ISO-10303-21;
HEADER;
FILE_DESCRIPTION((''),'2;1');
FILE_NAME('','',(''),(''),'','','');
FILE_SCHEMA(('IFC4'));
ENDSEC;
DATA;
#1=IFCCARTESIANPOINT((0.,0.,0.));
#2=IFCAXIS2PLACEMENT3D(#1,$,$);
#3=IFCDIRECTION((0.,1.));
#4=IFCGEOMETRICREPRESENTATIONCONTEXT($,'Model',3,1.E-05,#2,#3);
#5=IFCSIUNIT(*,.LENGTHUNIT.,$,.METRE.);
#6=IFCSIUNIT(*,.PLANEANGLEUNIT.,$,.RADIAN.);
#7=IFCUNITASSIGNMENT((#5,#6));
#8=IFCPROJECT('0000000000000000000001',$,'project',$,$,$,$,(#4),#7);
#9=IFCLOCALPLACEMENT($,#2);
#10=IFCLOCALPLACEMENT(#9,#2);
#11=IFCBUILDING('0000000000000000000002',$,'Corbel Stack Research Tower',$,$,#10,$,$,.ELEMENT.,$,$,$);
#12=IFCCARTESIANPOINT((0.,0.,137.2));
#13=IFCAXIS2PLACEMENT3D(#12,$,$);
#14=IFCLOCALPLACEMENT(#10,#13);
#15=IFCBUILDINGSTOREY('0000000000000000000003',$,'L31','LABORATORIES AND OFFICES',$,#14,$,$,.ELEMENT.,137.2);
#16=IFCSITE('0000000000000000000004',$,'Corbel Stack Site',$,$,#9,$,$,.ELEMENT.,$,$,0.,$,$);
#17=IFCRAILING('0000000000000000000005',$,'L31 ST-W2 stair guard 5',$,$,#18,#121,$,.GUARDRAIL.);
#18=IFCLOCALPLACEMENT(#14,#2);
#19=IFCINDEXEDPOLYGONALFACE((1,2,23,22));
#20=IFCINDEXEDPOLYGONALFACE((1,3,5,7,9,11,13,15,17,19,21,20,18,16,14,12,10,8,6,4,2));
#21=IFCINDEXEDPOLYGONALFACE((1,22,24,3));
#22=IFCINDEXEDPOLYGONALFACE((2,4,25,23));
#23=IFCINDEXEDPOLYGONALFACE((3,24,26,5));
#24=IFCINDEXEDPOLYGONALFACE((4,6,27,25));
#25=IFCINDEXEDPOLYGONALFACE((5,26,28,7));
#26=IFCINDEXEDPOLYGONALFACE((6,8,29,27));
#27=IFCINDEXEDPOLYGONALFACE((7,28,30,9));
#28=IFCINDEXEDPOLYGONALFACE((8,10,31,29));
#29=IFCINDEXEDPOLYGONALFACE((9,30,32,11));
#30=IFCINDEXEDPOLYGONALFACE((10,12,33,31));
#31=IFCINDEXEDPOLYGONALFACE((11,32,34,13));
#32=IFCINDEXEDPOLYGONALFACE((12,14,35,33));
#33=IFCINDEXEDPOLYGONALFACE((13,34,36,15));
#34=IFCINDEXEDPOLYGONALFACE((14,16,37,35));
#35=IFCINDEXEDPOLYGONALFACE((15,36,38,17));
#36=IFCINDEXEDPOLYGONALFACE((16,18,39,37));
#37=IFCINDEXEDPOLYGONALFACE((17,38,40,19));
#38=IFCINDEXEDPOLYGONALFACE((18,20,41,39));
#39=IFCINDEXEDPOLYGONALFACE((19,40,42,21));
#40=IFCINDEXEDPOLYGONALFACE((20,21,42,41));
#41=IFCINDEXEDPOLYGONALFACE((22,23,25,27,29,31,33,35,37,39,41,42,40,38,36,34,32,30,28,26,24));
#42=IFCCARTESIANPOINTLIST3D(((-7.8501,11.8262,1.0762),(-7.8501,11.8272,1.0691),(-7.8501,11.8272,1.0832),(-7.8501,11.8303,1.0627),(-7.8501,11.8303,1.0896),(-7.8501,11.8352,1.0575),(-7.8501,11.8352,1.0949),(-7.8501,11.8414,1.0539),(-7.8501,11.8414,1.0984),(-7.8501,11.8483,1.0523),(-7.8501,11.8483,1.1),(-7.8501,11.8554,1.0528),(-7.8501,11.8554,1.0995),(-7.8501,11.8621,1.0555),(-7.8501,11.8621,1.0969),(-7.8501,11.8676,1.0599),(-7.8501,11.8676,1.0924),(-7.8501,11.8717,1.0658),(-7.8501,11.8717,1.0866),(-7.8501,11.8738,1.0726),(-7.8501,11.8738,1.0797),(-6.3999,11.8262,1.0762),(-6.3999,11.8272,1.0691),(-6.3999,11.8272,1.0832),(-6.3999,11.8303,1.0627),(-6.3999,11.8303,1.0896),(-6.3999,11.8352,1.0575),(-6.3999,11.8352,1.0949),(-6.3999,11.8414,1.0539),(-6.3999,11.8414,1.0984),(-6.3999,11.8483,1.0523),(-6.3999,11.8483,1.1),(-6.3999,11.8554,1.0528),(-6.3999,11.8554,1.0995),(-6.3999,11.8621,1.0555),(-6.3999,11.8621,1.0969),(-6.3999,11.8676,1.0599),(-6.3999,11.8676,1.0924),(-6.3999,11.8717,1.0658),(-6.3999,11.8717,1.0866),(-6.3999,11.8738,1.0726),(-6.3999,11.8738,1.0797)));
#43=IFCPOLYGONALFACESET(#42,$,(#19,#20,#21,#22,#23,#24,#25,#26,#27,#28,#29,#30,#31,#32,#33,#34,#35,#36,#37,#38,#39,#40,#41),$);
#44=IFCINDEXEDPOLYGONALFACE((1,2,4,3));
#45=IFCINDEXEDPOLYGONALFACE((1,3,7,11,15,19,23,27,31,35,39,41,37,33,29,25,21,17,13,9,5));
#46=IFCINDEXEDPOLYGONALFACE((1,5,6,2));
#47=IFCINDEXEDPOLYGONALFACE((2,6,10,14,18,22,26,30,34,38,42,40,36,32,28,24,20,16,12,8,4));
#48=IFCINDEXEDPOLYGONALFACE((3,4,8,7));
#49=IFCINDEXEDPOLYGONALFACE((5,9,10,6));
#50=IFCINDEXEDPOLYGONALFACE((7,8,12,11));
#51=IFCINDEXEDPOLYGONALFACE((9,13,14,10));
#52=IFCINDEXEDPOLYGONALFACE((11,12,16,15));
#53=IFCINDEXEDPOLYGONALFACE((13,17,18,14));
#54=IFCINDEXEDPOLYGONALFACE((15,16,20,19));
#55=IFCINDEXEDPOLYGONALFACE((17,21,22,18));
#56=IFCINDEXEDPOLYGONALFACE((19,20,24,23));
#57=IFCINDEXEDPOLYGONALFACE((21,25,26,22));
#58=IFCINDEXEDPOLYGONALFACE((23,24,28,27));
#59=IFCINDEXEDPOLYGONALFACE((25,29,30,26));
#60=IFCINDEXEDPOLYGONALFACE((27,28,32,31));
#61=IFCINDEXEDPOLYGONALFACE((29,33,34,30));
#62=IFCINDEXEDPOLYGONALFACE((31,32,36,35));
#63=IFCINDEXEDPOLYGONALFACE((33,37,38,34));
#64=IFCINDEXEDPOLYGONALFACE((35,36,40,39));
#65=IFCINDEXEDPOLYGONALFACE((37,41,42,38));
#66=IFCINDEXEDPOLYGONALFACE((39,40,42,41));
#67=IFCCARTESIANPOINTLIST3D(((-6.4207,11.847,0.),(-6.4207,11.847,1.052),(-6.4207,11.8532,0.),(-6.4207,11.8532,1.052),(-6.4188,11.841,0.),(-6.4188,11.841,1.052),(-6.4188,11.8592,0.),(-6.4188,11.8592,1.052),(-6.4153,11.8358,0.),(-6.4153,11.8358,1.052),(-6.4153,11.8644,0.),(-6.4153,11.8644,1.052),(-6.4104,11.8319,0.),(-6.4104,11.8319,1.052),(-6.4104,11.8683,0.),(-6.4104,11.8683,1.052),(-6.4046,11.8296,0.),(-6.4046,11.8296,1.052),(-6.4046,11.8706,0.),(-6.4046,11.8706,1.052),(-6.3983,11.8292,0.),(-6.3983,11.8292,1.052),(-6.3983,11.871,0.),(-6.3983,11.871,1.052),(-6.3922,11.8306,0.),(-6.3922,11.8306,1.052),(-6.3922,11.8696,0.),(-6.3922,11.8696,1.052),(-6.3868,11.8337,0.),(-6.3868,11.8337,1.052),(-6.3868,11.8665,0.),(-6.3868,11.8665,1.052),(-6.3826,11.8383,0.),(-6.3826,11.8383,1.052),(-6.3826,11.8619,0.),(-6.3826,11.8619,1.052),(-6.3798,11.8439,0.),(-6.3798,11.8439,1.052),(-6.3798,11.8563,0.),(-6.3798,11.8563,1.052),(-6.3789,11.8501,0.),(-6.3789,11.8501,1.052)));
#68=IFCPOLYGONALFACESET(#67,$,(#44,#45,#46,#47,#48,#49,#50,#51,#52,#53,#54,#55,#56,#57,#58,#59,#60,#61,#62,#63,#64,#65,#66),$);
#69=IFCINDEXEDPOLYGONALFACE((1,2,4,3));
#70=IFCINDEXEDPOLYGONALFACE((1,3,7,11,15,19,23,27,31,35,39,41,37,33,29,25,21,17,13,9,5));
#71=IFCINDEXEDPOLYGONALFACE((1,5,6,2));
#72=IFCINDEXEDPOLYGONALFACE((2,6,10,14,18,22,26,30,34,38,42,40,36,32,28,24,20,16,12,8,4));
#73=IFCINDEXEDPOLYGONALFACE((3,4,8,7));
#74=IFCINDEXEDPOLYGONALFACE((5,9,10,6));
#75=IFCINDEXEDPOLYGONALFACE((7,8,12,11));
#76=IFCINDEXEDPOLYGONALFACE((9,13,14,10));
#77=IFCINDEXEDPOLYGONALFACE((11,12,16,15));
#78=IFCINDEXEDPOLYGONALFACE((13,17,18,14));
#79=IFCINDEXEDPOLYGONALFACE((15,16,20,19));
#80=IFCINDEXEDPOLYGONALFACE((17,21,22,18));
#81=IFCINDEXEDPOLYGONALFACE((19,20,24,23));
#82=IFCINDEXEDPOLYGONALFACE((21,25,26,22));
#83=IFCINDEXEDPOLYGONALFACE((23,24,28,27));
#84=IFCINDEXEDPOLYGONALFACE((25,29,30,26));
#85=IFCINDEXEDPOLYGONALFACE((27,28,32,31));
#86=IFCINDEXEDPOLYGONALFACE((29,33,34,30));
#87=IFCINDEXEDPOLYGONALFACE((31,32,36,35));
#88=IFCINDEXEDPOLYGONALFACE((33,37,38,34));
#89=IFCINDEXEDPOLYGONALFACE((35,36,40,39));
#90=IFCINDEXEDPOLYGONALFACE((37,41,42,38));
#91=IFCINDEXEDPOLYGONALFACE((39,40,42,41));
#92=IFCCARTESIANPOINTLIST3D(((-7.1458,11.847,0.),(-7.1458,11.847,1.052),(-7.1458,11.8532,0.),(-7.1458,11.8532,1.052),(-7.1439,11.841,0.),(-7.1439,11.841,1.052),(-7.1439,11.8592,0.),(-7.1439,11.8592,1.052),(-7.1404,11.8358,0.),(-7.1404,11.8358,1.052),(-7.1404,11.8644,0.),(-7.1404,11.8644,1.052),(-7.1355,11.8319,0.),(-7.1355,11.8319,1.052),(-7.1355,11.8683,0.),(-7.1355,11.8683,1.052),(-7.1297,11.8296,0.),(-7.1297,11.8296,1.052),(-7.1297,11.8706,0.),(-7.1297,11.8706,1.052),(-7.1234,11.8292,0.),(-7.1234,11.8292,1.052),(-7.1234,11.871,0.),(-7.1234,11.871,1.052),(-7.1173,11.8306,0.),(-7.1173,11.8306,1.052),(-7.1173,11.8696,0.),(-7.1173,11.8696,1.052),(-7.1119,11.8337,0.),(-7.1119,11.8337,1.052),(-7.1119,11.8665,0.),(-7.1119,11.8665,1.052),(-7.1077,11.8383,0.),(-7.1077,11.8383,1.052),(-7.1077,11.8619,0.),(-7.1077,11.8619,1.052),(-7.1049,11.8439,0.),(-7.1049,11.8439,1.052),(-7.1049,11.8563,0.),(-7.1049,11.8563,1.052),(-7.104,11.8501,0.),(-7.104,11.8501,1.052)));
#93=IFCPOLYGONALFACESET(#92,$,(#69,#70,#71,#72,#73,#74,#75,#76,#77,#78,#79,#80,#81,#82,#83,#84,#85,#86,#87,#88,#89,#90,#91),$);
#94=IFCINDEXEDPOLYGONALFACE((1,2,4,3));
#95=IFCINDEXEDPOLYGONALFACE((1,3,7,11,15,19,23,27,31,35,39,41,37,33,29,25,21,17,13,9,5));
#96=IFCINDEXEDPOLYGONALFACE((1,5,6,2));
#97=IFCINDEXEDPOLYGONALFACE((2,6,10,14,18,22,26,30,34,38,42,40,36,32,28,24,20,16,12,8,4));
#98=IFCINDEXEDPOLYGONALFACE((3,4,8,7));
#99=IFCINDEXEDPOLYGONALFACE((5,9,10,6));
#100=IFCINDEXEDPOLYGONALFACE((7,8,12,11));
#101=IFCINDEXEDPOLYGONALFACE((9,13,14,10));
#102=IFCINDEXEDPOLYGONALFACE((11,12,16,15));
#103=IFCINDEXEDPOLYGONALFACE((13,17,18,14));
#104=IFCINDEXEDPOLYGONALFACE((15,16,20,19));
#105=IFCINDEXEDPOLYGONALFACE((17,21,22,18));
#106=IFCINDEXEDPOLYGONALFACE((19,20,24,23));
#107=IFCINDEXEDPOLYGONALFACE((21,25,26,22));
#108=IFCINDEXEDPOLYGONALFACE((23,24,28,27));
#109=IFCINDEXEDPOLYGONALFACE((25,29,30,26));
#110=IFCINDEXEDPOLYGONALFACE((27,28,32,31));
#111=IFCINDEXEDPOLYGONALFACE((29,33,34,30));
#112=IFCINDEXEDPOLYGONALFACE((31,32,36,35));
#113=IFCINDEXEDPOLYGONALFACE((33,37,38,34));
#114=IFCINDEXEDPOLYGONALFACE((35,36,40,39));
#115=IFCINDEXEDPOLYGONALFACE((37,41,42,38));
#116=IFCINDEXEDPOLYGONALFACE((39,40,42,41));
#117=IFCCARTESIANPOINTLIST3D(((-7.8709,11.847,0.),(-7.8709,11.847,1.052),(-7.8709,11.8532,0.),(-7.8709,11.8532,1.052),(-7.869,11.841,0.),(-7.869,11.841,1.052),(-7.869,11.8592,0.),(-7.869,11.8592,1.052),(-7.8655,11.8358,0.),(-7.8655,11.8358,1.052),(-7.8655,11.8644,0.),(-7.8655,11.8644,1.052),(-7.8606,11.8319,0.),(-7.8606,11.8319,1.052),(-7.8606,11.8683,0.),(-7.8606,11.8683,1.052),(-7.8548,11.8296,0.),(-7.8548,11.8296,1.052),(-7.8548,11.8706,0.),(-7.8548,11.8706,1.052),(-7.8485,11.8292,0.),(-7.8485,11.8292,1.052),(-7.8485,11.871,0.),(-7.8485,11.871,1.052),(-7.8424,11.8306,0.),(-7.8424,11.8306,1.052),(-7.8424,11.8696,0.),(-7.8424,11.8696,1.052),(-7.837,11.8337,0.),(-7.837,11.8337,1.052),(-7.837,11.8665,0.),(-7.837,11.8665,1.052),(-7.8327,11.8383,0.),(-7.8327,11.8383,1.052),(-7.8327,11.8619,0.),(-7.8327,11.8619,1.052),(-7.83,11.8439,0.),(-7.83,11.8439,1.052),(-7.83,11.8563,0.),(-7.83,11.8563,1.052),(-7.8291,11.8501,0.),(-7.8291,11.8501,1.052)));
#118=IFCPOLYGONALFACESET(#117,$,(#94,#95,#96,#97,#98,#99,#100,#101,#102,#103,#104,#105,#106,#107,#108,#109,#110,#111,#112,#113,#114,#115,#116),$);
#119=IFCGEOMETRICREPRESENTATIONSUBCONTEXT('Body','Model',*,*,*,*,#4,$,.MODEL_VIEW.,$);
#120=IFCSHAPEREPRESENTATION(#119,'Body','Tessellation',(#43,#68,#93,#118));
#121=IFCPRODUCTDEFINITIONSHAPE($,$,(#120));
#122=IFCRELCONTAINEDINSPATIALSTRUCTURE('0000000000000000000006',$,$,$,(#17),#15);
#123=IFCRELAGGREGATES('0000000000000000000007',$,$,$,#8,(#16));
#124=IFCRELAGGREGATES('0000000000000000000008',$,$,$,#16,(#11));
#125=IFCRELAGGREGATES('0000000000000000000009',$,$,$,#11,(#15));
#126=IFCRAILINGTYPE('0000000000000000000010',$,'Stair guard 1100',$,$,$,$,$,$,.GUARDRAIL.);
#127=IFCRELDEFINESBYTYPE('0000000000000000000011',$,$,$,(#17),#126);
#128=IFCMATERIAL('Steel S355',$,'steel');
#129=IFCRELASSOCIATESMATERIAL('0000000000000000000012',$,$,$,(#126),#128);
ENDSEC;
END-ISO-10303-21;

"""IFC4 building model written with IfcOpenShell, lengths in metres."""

from ifc_helpers import new_model, si_unit, direction, frame, origin, origin_2d, place, context, subcontext, project, spatial, circle, extrude, material, type_object, element, save


model = new_model("IFC4")

# Units and contexts
model_context = context("Model", 3, precision=1e-05, world=origin(), true_north=direction((0.0, 1.0)))
body_context = subcontext(model_context, "Body", "Model", "MODEL_VIEW")
ifc_project = project(units=[si_unit("LENGTHUNIT", "METRE"), si_unit("PLANEANGLEUNIT", "RADIAN")], contexts=[model_context])

# Site, building, storey
site_placement = place(None, origin())
site = spatial("IfcSite", under=ifc_project, at=site_placement, Name="Corbel Stack Site", CompositionType="ELEMENT", RefElevation=0.0)
building_placement = place(site_placement, origin())
building = spatial("IfcBuilding", under=site, at=building_placement, Name="Corbel Stack Research Tower", CompositionType="ELEMENT")
storey_placement = place(building_placement, frame((0.0, 0.0, 137.2)))
storey = spatial("IfcBuildingStorey", under=building, at=storey_placement, Name="L31", Description="LABORATORIES AND OFFICES", CompositionType="ELEMENT", Elevation=137.2)

# Railing
ifc_material_1 = material(Name="Steel S355", Category="steel")
railing_type_1 = type_object("IfcRailingType", Name="Stair guard 1100", PredefinedType="GUARDRAIL", material=ifc_material_1)
railing_1_placement = place(storey_placement, frame((-6.3999, 11.8501, 0.0)))
element("IfcRailing", 1, at=railing_1_placement, inside=storey, type_object=railing_type_1, Name="L31 ST-W2 stair guard 5", PredefinedType="GUARDRAIL", context=body_context, shape_type="SweptSolid", body=[
    extrude(circle(Radius=0.0239, at=origin_2d()), frame((0.0, 0.0, 1.0762), z_axis=(-1.0, 0.0, 0.0), x_axis=(0.0, -1.0, 0.0)), (0.0, 0.0, 1.0), 1.4502),
    extrude(circle(Radius=0.021, at=origin_2d()), origin(), (0.0, 0.0, 1.0), 1.052),
    extrude(circle(Radius=0.021, at=origin_2d()), frame((-0.7251, 0.0, 0.0)), (0.0, 0.0, 1.0), 1.052),
    extrude(circle(Radius=0.021, at=origin_2d()), frame((-1.4502, 0.0, 0.0)), (0.0, 0.0, 1.0), 1.052),
])

save(model, "model.ifc")
